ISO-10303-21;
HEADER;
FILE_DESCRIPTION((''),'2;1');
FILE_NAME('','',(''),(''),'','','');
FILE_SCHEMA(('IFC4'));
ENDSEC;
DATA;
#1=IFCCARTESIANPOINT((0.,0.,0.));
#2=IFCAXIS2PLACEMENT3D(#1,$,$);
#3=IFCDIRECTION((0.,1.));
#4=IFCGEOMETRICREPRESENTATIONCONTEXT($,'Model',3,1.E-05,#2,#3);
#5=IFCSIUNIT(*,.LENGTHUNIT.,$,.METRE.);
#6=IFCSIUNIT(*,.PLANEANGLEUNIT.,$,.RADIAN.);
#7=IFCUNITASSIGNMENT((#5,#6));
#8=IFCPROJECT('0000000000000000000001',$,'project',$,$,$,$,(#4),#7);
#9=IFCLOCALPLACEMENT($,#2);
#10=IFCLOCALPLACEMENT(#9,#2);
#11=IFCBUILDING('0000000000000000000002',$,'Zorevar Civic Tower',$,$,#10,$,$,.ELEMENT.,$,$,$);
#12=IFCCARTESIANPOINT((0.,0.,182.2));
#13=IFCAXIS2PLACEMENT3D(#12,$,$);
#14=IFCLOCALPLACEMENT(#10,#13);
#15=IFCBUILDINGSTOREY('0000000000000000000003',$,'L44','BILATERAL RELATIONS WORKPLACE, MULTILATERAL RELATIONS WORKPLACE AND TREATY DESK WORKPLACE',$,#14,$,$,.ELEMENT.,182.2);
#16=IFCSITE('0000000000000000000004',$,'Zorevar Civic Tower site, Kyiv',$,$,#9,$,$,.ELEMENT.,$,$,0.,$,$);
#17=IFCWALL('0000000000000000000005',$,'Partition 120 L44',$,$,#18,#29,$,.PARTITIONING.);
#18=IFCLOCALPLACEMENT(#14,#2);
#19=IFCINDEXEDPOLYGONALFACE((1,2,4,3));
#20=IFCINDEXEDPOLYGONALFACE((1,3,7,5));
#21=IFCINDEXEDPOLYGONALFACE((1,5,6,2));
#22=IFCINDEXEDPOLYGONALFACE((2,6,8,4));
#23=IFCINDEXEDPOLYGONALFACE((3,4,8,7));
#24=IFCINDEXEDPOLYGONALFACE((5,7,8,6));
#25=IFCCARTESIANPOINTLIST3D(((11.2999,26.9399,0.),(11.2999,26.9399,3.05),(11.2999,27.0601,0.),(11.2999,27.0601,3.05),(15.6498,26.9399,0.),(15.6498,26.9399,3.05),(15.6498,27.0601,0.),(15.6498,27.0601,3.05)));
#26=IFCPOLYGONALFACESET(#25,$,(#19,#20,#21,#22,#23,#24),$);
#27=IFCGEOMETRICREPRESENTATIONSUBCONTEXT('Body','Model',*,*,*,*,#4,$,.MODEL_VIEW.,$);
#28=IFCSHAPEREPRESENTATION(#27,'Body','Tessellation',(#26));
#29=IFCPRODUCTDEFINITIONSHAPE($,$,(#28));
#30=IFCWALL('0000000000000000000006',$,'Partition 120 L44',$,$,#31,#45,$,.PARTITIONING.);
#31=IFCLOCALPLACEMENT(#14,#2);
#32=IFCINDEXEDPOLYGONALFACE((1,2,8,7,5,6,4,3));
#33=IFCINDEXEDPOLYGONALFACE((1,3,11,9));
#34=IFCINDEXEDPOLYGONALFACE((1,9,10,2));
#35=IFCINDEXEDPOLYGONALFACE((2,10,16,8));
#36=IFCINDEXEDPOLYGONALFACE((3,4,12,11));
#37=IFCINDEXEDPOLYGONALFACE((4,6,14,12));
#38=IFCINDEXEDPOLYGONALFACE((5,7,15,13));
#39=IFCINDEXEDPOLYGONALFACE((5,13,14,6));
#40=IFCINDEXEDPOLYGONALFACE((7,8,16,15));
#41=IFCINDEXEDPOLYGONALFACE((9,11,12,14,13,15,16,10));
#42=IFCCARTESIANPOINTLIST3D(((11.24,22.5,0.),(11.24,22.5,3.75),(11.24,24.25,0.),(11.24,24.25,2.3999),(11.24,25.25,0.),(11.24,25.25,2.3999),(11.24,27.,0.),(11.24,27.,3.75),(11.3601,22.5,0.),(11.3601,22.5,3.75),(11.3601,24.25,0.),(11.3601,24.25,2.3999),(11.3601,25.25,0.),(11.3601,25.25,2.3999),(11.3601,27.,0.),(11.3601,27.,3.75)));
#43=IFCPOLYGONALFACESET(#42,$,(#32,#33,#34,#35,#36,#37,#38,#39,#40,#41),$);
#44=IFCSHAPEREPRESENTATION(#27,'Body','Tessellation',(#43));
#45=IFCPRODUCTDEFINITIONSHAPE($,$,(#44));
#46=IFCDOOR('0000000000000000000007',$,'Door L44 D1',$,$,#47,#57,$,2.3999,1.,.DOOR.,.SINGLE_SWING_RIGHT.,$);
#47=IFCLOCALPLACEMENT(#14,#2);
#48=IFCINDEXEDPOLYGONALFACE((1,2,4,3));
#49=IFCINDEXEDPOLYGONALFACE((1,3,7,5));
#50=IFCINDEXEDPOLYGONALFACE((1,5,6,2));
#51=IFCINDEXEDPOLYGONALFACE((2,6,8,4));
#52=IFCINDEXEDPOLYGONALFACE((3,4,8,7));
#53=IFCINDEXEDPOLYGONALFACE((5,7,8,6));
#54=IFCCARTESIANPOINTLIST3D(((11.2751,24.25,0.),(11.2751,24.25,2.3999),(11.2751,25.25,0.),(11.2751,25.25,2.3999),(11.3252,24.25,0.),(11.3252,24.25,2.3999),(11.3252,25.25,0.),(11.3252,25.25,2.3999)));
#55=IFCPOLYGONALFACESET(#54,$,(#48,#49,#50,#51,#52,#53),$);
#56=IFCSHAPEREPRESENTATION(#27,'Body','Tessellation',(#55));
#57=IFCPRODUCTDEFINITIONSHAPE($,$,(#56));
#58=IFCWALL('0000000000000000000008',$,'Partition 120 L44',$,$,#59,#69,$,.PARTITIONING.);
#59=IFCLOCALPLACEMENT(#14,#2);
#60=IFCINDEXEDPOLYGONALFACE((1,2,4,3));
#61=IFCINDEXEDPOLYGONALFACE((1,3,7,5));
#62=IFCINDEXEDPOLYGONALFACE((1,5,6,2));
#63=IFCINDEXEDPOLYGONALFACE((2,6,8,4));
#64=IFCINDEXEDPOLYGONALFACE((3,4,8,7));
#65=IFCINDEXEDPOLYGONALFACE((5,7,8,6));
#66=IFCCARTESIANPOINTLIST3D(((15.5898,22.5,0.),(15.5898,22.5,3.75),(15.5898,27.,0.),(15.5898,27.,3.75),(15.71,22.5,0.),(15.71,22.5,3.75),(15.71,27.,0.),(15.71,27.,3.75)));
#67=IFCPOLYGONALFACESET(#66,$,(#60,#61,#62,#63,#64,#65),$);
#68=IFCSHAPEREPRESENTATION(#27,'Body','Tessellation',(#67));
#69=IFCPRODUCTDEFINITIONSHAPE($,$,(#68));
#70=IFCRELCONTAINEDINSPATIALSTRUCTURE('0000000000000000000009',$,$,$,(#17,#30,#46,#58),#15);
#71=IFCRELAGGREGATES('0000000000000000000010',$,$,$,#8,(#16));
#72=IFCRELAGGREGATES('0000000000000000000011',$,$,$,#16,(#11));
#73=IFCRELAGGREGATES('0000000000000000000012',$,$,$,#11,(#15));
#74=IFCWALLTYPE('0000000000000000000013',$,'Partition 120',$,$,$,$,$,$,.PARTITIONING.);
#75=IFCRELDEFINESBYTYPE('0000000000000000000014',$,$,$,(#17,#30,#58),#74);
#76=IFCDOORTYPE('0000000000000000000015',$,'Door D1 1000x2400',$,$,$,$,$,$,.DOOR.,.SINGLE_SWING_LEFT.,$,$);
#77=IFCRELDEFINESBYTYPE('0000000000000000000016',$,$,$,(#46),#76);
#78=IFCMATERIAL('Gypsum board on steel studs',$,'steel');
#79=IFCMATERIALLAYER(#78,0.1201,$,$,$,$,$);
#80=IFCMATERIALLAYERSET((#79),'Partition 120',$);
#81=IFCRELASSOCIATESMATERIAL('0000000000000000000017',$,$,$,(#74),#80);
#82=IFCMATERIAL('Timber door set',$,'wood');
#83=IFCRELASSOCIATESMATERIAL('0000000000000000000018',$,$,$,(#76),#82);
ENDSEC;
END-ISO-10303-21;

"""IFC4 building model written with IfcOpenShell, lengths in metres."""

from ifc_helpers import new_model, si_unit, direction, frame, frame_2d, origin, place, context, subcontext, project, spatial, rectangle, extrude, material, layer, layer_set, type_object, element, fill, save


model = new_model("IFC4")

# Units and contexts
model_context = context("Model", 3, precision=1e-05, world=origin(), true_north=direction((0.0, 1.0)))
body_context = subcontext(model_context, "Body", "Model", "MODEL_VIEW")
ifc_project = project(units=[si_unit("LENGTHUNIT", "METRE"), si_unit("PLANEANGLEUNIT", "RADIAN")], contexts=[model_context])

# Site, building, storey
site_placement = place(None, origin())
site = spatial("IfcSite", under=ifc_project, at=site_placement, Name="Zorevar Civic Tower site, Kyiv", CompositionType="ELEMENT", RefElevation=0.0)
building_placement = place(site_placement, origin())
building = spatial("IfcBuilding", under=site, at=building_placement, Name="Zorevar Civic Tower", CompositionType="ELEMENT")
storey_placement = place(building_placement, frame((0.0, 0.0, 182.2)))
storey = spatial("IfcBuildingStorey", under=building, at=storey_placement, Name="L44", Description="BILATERAL RELATIONS WORKPLACE, MULTILATERAL RELATIONS WORKPLACE AND TREATY DESK WORKPLACE", CompositionType="ELEMENT", Elevation=182.2)

# Wall
ifc_material_1 = material(Name="Gypsum board on steel studs", Category="steel")
ifc_layer_1 = layer(ifc_material_1, 0.1201)
ifc_layer_set_1 = layer_set([ifc_layer_1], Name="Partition 120")
wall_type_1 = type_object("IfcWallType", Name="Partition 120", PredefinedType="PARTITIONING", material=ifc_layer_set_1)
wall_1_placement = place(storey_placement, frame((11.3, 27.0, 0.0), z_axis=(0.0, 0.0, 1.0), x_axis=(1.0, 0.0, 0.0)))
element("IfcWall", 1, at=wall_1_placement, inside=storey, type_object=wall_type_1, Name="Partition 120 L44", PredefinedType="PARTITIONING", context=body_context, shape_type="SweptSolid", body=[
    extrude(rectangle(XDim=4.3499, YDim=0.1201, at=frame_2d((2.1748, 0.0))), origin(), (0.0, 0.0, 1.0), 3.05),
])

# Wall, opening, door
wall_2_placement = place(storey_placement, frame((11.3, 22.5, 0.0), z_axis=(0.0, 0.0, 1.0), x_axis=(0.0, 1.0, 0.0)))
wall_2 = element("IfcWall", 2, at=wall_2_placement, inside=storey, type_object=wall_type_1, Name="Partition 120 L44", PredefinedType="PARTITIONING", context=body_context, shape_type="SweptSolid", body=[
    extrude(rectangle(XDim=4.5, YDim=0.1201, at=frame_2d((2.25, 0.0))), origin(), (0.0, 0.0, 1.0), 3.75),
])
opening_1_placement = place(wall_2_placement, frame((1.75, 0.0, 0.0)))
opening_1 = element("IfcOpeningElement", 3, at=opening_1_placement, cuts=wall_2, PredefinedType="OPENING", context=body_context, shape_type="SweptSolid", body=[
    extrude(rectangle(XDim=1.0, YDim=2.3999, at=frame_2d((0.5, 1.2))), frame((0.0, 0.0701, 0.0), z_axis=(0.0, -1.0, 0.0), x_axis=(1.0, 0.0, 0.0)), (0.0, 0.0, 1.0), 0.1401),
])
ifc_material_2 = material(Name="Timber door set", Category="wood")
door_type_1 = type_object("IfcDoorType", Name="Door D1 1000x2400", OperationType="SINGLE_SWING_LEFT", PredefinedType="DOOR", material=ifc_material_2)
door_1_placement = place(opening_1_placement, origin())
door_1 = element("IfcDoor", 4, at=door_1_placement, inside=storey, type_object=door_type_1, Name="Door L44 D1", OperationType="SINGLE_SWING_RIGHT", OverallHeight=2.3999, OverallWidth=1.0, PredefinedType="DOOR", context=body_context, shape_type="SweptSolid", body=[
    extrude(rectangle(XDim=1.0, YDim=2.3999, at=frame_2d((0.5, 1.2))), frame((0.0, 0.0249, 0.0), z_axis=(0.0, -1.0, 0.0), x_axis=(1.0, 0.0, 0.0)), (0.0, 0.0, 1.0), 0.05),
])
fill(opening_1, door_1)

# Wall
wall_3_placement = place(storey_placement, frame((15.6499, 22.5, 0.0), z_axis=(0.0, 0.0, 1.0), x_axis=(0.0, 1.0, 0.0)))
element("IfcWall", 5, at=wall_3_placement, inside=storey, type_object=wall_type_1, Name="Partition 120 L44", PredefinedType="PARTITIONING", context=body_context, shape_type="SweptSolid", body=[
    extrude(rectangle(XDim=4.5, YDim=0.1201, at=frame_2d((2.25, 0.0))), origin(), (0.0, 0.0, 1.0), 3.75),
])

save(model, "model.ifc")
